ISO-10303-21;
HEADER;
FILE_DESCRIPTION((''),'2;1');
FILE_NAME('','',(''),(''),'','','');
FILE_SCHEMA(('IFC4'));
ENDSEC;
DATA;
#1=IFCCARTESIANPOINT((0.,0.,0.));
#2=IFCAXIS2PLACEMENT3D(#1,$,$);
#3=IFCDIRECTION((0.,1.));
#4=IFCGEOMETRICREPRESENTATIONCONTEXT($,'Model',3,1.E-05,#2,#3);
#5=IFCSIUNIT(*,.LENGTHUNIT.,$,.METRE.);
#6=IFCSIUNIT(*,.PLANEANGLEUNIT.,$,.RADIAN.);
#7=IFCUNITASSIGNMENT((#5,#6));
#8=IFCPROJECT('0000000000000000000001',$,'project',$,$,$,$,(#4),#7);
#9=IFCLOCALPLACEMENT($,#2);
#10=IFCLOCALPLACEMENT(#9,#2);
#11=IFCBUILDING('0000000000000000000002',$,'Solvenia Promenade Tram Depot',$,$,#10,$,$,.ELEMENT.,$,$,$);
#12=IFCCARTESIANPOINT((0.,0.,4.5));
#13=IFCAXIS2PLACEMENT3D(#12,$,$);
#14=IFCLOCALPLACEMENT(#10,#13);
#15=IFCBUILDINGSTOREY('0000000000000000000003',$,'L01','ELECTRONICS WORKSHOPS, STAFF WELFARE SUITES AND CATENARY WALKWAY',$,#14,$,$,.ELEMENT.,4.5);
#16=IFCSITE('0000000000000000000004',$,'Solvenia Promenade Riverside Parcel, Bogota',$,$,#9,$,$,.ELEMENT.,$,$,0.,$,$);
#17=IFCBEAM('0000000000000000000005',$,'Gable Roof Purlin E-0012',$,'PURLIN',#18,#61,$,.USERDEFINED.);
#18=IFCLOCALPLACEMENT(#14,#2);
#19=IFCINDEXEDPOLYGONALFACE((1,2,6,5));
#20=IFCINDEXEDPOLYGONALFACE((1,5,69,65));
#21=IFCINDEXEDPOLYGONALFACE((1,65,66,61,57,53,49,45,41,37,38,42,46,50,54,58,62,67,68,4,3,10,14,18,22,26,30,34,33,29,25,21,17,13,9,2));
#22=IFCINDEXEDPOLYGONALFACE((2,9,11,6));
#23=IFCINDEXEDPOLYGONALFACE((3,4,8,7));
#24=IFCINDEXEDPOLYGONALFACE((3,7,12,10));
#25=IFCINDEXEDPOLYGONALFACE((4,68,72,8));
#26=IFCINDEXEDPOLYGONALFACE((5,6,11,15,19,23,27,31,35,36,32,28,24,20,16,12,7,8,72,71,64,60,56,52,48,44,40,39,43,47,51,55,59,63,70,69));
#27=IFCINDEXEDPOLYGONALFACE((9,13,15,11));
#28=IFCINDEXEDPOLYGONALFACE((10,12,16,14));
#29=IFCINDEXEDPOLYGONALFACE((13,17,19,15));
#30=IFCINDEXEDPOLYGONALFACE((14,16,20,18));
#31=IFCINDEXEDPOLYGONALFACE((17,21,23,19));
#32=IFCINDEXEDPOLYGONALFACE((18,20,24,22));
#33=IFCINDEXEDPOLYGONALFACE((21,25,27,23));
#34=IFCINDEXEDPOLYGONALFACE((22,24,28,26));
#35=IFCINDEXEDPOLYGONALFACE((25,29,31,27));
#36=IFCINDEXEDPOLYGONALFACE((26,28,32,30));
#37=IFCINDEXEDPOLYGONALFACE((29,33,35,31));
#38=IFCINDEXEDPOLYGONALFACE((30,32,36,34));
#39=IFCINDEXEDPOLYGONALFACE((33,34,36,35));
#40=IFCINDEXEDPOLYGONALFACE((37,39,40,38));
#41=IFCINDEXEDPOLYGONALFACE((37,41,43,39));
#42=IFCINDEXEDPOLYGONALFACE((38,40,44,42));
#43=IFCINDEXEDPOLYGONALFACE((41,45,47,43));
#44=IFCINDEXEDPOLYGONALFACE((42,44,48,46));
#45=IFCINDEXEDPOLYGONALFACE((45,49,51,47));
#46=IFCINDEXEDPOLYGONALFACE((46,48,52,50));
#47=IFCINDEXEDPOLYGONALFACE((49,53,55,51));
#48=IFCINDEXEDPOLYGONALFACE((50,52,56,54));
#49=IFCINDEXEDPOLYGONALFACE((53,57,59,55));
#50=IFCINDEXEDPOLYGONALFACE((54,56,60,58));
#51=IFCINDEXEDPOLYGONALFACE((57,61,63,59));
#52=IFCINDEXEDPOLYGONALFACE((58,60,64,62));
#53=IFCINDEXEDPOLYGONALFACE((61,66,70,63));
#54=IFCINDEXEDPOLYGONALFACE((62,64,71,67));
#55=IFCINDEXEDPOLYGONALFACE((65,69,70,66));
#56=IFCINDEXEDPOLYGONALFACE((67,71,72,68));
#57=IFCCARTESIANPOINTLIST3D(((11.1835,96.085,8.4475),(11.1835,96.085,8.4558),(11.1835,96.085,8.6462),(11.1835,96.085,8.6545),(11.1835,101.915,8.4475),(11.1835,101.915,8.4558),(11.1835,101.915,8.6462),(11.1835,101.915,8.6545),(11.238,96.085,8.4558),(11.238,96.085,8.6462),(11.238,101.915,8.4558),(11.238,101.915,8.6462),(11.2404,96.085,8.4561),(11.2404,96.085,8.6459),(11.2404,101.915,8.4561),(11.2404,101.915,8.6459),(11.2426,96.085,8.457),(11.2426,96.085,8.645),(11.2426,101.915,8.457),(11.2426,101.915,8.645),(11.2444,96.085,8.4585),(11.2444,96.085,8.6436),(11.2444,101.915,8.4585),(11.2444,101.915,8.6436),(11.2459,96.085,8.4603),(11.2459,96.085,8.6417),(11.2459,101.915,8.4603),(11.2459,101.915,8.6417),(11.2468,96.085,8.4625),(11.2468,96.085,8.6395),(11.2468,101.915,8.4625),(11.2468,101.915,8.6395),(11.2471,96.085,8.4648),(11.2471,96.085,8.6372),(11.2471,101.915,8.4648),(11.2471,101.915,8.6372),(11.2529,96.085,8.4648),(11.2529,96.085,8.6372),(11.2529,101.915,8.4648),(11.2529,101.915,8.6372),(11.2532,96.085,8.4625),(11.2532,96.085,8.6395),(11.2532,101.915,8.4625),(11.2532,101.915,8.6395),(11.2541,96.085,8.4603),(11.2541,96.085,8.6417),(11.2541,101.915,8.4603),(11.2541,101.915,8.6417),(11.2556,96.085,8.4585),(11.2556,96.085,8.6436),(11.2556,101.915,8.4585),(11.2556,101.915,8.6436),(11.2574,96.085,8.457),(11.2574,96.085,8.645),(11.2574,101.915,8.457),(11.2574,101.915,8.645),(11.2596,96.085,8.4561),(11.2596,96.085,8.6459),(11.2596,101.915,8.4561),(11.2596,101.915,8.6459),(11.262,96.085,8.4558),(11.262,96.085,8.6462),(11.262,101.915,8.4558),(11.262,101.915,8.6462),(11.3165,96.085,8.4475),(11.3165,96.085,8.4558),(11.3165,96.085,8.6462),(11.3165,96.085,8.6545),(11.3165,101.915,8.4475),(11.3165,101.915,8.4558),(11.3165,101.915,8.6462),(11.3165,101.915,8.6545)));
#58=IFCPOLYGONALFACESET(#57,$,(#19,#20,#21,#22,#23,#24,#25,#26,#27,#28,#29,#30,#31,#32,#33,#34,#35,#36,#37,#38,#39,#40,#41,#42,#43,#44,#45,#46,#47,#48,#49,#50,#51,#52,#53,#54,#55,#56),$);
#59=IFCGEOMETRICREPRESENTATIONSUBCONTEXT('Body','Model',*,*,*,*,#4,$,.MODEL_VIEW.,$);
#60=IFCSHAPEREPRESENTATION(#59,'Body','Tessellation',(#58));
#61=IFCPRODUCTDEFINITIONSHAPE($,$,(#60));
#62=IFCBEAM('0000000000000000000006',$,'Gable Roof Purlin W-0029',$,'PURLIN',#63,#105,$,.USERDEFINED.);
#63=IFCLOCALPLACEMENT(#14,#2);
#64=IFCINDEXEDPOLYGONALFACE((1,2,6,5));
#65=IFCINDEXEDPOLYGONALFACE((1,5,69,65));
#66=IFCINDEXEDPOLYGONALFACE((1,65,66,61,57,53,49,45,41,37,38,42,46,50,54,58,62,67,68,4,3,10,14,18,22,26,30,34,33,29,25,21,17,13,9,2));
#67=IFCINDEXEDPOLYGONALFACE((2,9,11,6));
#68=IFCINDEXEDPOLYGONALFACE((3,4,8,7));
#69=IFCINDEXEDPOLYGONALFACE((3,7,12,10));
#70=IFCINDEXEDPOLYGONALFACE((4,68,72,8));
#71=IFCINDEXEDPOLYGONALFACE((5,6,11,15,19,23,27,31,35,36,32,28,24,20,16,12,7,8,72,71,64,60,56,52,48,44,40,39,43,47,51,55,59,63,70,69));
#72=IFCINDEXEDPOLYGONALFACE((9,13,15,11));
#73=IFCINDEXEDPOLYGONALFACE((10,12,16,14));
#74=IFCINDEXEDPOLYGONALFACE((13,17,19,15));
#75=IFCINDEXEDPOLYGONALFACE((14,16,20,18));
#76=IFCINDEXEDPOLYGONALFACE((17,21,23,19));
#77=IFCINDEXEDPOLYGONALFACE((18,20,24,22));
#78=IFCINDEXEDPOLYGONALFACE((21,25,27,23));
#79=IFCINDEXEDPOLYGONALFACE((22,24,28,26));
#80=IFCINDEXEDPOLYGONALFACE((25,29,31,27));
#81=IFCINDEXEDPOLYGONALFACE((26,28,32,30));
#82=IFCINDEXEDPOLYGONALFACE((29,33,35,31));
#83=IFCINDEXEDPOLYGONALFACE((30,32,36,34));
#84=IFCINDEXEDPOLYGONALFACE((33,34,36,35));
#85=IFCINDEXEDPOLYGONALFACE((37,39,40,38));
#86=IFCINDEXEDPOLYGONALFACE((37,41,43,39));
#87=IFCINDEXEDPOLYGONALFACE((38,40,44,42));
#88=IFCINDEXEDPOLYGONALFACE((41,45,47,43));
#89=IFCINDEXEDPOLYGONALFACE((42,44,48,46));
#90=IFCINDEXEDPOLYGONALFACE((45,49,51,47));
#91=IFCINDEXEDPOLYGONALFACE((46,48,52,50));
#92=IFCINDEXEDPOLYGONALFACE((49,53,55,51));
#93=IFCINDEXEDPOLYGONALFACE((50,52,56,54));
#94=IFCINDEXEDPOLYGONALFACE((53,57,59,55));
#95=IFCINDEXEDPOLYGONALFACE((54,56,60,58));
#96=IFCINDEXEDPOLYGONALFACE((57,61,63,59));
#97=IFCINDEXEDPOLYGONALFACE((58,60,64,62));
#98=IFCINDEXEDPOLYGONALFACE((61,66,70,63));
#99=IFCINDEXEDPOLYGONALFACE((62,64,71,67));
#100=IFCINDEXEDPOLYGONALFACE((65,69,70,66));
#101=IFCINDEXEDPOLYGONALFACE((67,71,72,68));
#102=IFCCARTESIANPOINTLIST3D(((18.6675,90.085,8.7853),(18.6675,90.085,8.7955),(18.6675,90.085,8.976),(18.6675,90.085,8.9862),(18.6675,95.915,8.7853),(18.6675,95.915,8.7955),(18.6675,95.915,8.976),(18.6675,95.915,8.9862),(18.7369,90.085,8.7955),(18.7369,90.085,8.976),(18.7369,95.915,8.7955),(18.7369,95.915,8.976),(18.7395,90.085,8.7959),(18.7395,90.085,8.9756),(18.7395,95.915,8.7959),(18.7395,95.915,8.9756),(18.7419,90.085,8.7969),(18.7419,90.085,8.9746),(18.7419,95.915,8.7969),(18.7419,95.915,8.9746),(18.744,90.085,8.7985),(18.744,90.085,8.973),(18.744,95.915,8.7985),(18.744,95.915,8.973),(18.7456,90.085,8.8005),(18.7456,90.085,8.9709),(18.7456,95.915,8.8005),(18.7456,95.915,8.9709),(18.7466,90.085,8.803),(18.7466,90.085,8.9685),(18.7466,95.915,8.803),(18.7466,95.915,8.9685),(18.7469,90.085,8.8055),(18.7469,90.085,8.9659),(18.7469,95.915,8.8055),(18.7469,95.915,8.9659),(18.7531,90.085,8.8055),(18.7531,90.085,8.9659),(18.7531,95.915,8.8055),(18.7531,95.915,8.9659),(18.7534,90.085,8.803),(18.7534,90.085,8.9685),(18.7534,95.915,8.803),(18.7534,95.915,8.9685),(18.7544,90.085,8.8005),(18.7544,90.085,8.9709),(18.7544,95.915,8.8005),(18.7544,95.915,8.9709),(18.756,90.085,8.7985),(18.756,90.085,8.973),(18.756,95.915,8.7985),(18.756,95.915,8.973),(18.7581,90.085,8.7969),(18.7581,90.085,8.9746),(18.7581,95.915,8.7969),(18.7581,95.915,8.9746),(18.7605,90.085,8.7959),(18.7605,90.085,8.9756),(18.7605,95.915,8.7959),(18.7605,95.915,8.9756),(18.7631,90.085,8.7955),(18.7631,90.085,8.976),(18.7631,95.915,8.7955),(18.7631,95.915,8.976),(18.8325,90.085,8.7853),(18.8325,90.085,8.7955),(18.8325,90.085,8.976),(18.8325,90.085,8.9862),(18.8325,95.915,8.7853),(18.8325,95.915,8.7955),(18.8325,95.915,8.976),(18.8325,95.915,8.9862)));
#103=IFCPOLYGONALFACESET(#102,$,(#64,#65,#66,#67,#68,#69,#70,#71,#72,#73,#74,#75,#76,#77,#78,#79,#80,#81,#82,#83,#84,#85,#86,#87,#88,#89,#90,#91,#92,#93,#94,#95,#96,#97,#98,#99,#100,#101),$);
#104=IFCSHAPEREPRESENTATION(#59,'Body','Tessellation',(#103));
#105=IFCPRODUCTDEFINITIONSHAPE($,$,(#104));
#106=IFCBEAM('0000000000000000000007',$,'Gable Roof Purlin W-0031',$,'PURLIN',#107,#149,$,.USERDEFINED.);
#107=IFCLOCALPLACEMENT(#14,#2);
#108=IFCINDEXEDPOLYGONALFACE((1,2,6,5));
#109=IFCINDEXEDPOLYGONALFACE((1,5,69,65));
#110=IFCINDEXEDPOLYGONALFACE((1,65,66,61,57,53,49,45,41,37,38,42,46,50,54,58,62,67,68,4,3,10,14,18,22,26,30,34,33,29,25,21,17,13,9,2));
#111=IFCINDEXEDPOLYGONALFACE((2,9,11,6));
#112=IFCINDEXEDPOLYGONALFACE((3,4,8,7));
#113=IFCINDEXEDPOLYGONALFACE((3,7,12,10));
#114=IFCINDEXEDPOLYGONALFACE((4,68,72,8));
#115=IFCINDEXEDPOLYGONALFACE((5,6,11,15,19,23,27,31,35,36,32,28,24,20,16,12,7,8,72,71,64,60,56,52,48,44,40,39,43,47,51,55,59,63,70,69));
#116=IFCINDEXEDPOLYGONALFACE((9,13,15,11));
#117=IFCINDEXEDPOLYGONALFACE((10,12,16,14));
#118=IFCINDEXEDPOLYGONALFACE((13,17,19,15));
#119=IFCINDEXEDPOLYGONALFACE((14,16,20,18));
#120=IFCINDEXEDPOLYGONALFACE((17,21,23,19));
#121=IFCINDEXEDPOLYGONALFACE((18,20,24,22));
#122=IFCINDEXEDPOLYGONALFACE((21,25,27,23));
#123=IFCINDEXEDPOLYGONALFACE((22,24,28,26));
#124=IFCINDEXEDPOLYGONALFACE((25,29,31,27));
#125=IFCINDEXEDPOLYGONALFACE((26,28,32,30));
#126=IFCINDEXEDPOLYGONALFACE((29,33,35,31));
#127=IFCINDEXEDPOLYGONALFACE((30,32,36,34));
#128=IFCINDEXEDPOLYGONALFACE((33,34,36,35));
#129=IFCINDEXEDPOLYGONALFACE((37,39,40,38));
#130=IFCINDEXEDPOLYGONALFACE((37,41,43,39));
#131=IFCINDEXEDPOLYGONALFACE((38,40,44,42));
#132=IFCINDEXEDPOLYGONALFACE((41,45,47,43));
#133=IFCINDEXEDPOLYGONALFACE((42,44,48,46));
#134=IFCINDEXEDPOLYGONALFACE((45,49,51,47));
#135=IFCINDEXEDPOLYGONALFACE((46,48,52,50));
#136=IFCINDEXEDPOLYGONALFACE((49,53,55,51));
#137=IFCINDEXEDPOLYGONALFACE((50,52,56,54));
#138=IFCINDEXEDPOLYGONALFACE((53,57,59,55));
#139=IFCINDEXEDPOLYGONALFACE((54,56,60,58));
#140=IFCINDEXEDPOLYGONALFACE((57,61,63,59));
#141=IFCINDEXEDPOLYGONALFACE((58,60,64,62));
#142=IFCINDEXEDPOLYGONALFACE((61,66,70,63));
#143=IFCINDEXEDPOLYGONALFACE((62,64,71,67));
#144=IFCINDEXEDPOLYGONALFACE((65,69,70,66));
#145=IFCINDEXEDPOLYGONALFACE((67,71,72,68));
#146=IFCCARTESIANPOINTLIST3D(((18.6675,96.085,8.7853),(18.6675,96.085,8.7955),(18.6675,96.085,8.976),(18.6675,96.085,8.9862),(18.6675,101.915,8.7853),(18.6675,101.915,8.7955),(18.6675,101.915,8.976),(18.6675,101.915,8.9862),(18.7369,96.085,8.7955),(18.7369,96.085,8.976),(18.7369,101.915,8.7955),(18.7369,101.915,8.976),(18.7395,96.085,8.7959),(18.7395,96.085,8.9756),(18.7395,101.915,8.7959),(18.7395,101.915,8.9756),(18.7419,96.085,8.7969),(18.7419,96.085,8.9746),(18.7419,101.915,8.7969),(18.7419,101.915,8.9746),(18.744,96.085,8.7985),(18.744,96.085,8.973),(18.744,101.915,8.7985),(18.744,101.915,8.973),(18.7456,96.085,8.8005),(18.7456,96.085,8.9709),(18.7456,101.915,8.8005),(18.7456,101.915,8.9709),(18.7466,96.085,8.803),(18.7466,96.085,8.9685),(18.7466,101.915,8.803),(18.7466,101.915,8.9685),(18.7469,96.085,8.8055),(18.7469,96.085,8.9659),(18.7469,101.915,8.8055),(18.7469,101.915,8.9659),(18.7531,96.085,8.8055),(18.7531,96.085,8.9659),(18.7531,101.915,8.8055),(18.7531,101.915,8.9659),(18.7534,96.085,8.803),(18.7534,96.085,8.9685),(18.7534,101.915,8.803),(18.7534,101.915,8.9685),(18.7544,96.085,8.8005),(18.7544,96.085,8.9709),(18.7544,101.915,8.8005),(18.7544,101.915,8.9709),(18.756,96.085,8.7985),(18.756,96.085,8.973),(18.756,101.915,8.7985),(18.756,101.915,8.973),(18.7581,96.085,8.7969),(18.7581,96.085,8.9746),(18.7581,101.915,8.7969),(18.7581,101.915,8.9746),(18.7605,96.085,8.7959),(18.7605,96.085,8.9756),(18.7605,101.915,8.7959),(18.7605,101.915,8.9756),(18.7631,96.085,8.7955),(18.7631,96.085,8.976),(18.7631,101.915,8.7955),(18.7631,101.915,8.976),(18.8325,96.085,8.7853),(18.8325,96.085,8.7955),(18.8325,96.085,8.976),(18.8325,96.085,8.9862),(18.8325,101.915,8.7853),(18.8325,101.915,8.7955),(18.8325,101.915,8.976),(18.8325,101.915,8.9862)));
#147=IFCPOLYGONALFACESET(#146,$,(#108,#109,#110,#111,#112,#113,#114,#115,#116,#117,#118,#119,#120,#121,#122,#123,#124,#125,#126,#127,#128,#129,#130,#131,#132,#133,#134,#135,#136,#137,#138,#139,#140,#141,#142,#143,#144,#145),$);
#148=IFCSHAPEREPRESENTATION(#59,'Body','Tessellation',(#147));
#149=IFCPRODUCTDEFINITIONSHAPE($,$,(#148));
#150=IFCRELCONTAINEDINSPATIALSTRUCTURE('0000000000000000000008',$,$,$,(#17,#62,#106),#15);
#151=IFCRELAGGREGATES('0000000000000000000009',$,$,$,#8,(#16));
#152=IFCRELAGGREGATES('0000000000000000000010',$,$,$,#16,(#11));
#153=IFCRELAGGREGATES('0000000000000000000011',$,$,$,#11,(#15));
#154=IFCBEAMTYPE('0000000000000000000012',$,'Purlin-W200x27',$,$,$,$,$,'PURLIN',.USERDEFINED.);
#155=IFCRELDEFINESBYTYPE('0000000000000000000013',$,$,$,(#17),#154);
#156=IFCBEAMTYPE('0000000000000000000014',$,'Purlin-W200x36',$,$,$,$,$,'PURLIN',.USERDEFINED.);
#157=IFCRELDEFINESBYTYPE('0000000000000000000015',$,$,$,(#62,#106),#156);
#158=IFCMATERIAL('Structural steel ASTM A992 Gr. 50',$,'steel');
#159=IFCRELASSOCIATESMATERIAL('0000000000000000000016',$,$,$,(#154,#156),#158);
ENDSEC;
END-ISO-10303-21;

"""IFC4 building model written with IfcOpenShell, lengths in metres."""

from ifc_helpers import new_model, si_unit, direction, frame, origin, origin_2d, place, context, subcontext, project, spatial, i_section, extrude, material, material_profile, profile_set, type_object, element, save


model = new_model("IFC4")

# Units and contexts
model_context = context("Model", 3, precision=1e-05, world=origin(), true_north=direction((0.0, 1.0)))
body_context = subcontext(model_context, "Body", "Model", "MODEL_VIEW")
ifc_project = project(units=[si_unit("LENGTHUNIT", "METRE"), si_unit("PLANEANGLEUNIT", "RADIAN")], contexts=[model_context])

# Site, building, storey
site_placement = place(None, origin())
site = spatial("IfcSite", under=ifc_project, at=site_placement, Name="Solvenia Promenade Riverside Parcel, Bogota", CompositionType="ELEMENT", RefElevation=0.0)
building_placement = place(site_placement, origin())
building = spatial("IfcBuilding", under=site, at=building_placement, Name="Solvenia Promenade Tram Depot", CompositionType="ELEMENT")
storey_placement = place(building_placement, frame((0.0, 0.0, 4.5)))
storey = spatial("IfcBuildingStorey", under=building, at=storey_placement, Name="L01", Description="ELECTRONICS WORKSHOPS, STAFF WELFARE SUITES AND CATENARY WALKWAY", CompositionType="ELEMENT", Elevation=4.5)

# Beams
ifc_material_1 = material(Name="Structural steel ASTM A992 Gr. 50", Category="steel")
ifc_material_profile_1 = material_profile(ifc_material_1, i_section(OverallWidth=0.1331, OverallDepth=0.207, WebThickness=0.0059, FlangeThickness=0.0083, FilletRadius=0.009, at=origin_2d()), Name="W200x27", Category="steel")
ifc_profile_set_1 = profile_set([ifc_material_profile_1], Name="Structural steel ASTM A992 Gr. 50")
beam_type_1 = type_object("IfcBeamType", Name="Purlin-W200x27", ElementType="PURLIN", PredefinedType="USERDEFINED", material=ifc_profile_set_1)
beam_placement = place(storey_placement, frame((11.25, 96.085, 8.551), z_axis=(0.0, 1.0, 0.0), x_axis=(-1.0, 0.0, 0.0)))
element("IfcBeam", 1, at=beam_placement, inside=storey, type_object=beam_type_1, Name="Gable Roof Purlin E-0012", ObjectType="PURLIN", PredefinedType="USERDEFINED", context=body_context, shape_type="SweptSolid", body=[
    extrude(i_section(OverallWidth=0.1331, OverallDepth=0.207, WebThickness=0.0059, FlangeThickness=0.0083, FilletRadius=0.009, at=origin_2d()), origin(), (0.0, 0.0, 1.0), 5.8301),
])
ifc_material_profile_2 = material_profile(ifc_material_1, i_section(OverallWidth=0.165, OverallDepth=0.2009, WebThickness=0.0061, FlangeThickness=0.0103, FilletRadius=0.01, at=origin_2d()), Name="W200x36", Category="steel")
ifc_profile_set_2 = profile_set([ifc_material_profile_2], Name="Structural steel ASTM A992 Gr. 50")
beam_type_2 = type_object("IfcBeamType", Name="Purlin-W200x36", ElementType="PURLIN", PredefinedType="USERDEFINED", material=ifc_profile_set_2)
for number, where, z_axis, x_axis, name in (
    (2, (18.75, 90.085, 8.8857), (0.0, 1.0, 0.0), (-1.0, 0.0, 0.0), "Gable Roof Purlin W-0029"),
    (3, (18.75, 96.085, 8.8857), (0.0, 1.0, 0.0), (-1.0, 0.0, 0.0), "Gable Roof Purlin W-0031"),
):
    element("IfcBeam", number, at=place(storey_placement, frame(where, z_axis=z_axis, x_axis=x_axis)), inside=storey, type_object=beam_type_2, Name=name, ObjectType="PURLIN", PredefinedType="USERDEFINED", context=body_context, shape_type="SweptSolid", body=[
        extrude(i_section(OverallWidth=0.165, OverallDepth=0.2009, WebThickness=0.0061, FlangeThickness=0.0103, FilletRadius=0.01, at=origin_2d()), origin(), (0.0, 0.0, 1.0), 5.8301),
    ])

save(model, "model.ifc")
